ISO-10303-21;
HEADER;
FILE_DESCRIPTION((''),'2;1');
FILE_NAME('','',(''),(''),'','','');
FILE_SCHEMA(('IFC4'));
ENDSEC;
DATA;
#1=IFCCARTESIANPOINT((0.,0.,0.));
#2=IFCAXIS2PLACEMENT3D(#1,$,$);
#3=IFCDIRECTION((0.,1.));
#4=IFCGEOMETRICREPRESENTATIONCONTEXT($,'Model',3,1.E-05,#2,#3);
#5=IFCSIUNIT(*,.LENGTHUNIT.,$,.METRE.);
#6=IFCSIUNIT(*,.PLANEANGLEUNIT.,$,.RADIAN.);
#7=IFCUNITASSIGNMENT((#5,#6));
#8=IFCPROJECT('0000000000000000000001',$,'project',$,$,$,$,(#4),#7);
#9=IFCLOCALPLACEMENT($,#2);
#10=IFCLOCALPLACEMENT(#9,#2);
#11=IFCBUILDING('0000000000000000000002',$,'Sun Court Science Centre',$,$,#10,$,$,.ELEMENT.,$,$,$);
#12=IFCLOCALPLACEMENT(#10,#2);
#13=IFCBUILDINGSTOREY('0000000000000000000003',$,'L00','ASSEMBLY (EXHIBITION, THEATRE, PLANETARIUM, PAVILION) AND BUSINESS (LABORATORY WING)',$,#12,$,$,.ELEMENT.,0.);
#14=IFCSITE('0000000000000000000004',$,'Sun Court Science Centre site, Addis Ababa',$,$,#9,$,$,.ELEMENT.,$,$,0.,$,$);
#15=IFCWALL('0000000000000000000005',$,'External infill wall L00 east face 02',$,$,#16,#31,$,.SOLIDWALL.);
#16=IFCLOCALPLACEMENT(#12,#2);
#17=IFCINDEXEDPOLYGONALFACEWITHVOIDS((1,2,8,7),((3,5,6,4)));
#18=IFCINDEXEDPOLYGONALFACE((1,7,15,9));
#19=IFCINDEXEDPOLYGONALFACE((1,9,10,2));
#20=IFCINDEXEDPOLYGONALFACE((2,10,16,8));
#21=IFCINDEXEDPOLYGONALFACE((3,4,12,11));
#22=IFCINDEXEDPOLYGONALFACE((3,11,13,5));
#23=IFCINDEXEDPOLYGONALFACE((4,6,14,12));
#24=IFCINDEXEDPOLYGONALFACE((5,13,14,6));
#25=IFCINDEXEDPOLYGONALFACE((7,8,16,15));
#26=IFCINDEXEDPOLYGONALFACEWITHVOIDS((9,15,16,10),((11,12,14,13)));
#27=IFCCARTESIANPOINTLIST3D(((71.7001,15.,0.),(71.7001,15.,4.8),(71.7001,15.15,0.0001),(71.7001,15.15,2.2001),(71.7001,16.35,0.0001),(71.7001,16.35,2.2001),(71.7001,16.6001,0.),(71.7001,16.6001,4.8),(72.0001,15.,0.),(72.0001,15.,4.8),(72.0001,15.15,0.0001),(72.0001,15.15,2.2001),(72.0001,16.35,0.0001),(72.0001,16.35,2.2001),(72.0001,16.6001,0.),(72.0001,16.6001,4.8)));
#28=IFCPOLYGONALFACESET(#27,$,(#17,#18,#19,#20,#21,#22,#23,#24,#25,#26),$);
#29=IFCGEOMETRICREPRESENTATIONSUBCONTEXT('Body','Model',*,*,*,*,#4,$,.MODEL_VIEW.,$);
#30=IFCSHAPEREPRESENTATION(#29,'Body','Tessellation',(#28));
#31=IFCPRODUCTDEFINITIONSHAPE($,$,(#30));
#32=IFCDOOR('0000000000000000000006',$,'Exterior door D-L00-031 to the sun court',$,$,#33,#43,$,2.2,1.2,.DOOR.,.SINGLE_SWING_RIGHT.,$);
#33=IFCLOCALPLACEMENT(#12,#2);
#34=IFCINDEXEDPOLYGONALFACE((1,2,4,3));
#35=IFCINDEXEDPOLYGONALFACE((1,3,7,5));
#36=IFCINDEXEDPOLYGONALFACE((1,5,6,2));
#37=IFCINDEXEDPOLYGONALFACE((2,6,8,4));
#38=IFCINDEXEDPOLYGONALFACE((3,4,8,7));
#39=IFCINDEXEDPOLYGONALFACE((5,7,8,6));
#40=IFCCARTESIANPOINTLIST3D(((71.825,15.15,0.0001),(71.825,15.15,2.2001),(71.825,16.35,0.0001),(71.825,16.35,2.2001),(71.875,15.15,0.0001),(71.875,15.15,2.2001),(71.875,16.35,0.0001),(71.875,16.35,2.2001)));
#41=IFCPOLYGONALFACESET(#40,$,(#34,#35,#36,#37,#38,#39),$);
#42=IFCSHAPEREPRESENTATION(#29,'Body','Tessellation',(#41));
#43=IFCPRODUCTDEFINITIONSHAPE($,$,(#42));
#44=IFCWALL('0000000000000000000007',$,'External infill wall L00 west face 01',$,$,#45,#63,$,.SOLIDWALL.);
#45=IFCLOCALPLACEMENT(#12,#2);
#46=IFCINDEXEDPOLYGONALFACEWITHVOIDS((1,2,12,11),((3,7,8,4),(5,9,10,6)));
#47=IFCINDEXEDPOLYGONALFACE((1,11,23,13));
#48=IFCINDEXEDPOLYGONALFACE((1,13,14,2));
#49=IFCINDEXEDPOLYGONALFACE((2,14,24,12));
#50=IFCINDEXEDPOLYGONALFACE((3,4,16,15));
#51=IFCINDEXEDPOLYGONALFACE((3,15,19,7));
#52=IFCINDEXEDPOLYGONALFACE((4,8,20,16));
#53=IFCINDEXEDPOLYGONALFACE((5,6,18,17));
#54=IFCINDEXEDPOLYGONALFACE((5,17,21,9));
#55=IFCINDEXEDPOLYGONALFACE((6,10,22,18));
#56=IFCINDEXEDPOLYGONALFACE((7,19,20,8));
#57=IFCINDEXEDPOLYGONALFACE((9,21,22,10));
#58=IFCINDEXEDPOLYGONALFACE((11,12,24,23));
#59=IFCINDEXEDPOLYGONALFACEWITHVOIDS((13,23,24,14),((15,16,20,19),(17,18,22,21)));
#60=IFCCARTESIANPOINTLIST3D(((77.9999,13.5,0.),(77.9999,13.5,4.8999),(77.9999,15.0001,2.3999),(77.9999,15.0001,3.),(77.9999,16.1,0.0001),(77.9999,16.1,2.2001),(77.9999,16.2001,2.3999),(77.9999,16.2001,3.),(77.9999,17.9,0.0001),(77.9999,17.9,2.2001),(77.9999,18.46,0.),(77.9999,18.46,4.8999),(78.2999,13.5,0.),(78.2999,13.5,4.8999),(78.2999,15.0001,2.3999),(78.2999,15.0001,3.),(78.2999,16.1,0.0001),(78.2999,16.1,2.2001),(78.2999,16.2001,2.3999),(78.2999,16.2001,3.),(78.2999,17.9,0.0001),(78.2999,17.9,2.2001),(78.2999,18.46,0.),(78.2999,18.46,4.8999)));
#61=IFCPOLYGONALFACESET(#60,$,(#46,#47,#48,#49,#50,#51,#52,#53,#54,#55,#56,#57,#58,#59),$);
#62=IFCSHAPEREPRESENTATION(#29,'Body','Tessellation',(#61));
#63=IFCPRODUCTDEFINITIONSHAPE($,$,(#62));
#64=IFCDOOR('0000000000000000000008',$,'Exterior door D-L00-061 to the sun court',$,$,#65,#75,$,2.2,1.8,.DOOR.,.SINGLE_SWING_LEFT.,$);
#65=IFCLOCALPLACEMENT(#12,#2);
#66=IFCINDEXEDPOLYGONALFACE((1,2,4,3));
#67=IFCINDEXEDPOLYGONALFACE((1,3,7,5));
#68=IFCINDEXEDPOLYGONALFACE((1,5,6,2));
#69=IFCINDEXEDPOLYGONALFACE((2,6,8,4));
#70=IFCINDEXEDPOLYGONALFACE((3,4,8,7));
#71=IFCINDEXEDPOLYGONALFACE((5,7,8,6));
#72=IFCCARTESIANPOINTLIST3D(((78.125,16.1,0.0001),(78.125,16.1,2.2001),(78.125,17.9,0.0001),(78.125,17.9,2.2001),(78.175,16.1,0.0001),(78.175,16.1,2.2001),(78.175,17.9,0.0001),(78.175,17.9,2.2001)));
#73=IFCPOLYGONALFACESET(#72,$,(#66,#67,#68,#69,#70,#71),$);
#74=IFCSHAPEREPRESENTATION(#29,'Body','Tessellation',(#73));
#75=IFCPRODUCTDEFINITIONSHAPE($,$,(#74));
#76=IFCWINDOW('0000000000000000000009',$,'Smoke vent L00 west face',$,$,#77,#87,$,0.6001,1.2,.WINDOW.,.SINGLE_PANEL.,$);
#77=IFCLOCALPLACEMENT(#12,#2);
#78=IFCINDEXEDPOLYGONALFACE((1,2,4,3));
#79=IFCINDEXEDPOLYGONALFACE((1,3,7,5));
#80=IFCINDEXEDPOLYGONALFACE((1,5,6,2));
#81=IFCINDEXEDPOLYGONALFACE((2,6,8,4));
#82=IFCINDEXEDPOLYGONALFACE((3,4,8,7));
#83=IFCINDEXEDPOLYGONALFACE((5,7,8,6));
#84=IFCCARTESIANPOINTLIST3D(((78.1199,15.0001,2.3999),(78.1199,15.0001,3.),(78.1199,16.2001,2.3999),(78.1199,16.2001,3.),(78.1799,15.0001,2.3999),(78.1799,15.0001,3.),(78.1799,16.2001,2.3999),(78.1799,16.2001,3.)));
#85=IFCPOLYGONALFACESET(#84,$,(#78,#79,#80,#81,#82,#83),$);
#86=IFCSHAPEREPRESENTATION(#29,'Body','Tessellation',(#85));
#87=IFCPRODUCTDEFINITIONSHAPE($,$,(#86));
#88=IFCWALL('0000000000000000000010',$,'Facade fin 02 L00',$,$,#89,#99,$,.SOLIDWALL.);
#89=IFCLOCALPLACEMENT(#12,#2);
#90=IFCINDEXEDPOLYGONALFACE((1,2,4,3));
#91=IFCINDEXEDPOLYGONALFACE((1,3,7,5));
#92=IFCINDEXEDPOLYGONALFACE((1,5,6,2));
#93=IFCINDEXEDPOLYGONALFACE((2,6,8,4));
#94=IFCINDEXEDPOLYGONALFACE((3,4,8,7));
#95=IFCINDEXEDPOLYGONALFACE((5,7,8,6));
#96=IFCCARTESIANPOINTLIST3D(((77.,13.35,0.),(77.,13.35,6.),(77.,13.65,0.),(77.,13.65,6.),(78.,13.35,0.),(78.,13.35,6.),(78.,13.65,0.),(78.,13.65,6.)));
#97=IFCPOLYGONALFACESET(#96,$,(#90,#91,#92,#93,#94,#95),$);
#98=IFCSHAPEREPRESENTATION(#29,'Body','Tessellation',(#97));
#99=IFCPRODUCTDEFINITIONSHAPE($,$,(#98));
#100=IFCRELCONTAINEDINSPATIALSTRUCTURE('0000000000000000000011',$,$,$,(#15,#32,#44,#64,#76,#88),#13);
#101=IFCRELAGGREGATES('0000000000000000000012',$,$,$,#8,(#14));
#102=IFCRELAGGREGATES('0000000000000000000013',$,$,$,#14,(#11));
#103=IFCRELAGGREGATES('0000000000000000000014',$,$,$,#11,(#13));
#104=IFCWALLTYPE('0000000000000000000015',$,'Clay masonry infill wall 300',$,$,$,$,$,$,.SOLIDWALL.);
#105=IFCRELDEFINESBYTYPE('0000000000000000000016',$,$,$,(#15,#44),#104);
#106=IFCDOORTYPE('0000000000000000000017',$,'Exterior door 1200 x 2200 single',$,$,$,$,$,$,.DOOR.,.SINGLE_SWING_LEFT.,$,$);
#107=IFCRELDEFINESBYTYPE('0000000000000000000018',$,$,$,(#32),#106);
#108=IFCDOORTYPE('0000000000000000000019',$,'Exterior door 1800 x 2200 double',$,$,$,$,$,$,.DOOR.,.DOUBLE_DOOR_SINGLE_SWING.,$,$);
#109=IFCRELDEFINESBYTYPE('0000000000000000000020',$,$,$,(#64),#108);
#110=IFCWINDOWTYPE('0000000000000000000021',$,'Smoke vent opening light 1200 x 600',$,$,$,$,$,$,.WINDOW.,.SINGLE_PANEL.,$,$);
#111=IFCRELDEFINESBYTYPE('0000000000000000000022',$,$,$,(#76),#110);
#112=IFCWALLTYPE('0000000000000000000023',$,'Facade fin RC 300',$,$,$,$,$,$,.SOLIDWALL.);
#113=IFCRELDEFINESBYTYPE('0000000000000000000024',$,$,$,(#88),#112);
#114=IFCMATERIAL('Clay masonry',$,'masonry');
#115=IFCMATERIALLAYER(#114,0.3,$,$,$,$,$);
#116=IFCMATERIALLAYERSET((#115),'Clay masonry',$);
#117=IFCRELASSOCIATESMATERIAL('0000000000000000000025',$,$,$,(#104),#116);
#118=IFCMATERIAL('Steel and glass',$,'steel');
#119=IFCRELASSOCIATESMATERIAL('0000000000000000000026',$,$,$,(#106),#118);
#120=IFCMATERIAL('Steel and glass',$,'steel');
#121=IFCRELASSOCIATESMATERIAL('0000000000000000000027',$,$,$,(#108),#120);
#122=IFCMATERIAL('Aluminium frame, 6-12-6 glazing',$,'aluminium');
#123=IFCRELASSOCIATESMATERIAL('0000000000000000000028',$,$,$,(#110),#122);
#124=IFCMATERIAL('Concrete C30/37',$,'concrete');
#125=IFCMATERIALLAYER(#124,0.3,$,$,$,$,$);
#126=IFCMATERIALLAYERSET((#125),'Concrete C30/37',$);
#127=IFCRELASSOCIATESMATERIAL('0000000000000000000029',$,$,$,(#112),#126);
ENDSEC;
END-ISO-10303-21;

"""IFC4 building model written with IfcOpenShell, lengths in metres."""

from ifc_helpers import new_model, si_unit, direction, frame, frame_2d, origin, place, context, subcontext, project, spatial, rectangle, extrude, material, layer, layer_set, type_object, element, fill, save


model = new_model("IFC4")

# Units and contexts
model_context = context("Model", 3, precision=1e-05, world=origin(), true_north=direction((0.0, 1.0)))
body_context = subcontext(model_context, "Body", "Model", "MODEL_VIEW")
ifc_project = project(units=[si_unit("LENGTHUNIT", "METRE"), si_unit("PLANEANGLEUNIT", "RADIAN")], contexts=[model_context])

# Site, building, storey
site_placement = place(None, origin())
site = spatial("IfcSite", under=ifc_project, at=site_placement, Name="Sun Court Science Centre site, Addis Ababa", CompositionType="ELEMENT", RefElevation=0.0)
building_placement = place(site_placement, origin())
building = spatial("IfcBuilding", under=site, at=building_placement, Name="Sun Court Science Centre", CompositionType="ELEMENT")
storey_placement = place(building_placement, origin())
storey = spatial("IfcBuildingStorey", under=building, at=storey_placement, Name="L00", Description="ASSEMBLY (EXHIBITION, THEATRE, PLANETARIUM, PAVILION) AND BUSINESS (LABORATORY WING)", CompositionType="ELEMENT", Elevation=0.0)

# Wall, opening, door
ifc_material_1 = material(Name="Clay masonry", Category="masonry")
ifc_layer_1 = layer(ifc_material_1, 0.3)
ifc_layer_set_1 = layer_set([ifc_layer_1], Name="Clay masonry")
wall_type_1 = type_object("IfcWallType", Name="Clay masonry infill wall 300", PredefinedType="SOLIDWALL", material=ifc_layer_set_1)
wall_1_placement = place(storey_placement, frame((71.8501, 16.6001, 0.0), z_axis=(0.0, 0.0, 1.0), x_axis=(0.0, -1.0, 0.0)))
wall_1 = element("IfcWall", 1, at=wall_1_placement, inside=storey, type_object=wall_type_1, Name="External infill wall L00 east face 02", PredefinedType="SOLIDWALL", context=body_context, shape_type="SweptSolid", body=[
    extrude(rectangle(XDim=1.6001, YDim=0.3, at=frame_2d((0.8, 0.0))), origin(), (0.0, 0.0, 1.0), 4.8),
])
opening_1_placement = place(wall_1_placement, frame((0.25, 0.0, 0.0)))
opening_1 = element("IfcOpeningElement", 2, at=opening_1_placement, cuts=wall_1, PredefinedType="OPENING", context=body_context, shape_type="SweptSolid", body=[
    extrude(rectangle(XDim=1.2, YDim=2.2, at=frame_2d((0.6001, 1.1001))), frame((0.0, 0.1599, 0.0), z_axis=(0.0, -1.0, 0.0), x_axis=(1.0, 0.0, 0.0)), (0.0, 0.0, 1.0), 0.3201),
])
ifc_material_2 = material(Name="Steel and glass", Category="steel")
door_type_1 = type_object("IfcDoorType", Name="Exterior door 1200 x 2200 single", OperationType="SINGLE_SWING_LEFT", PredefinedType="DOOR", material=ifc_material_2)
door_1_placement = place(opening_1_placement, origin())
door_1 = element("IfcDoor", 3, at=door_1_placement, inside=storey, type_object=door_type_1, Name="Exterior door D-L00-031 to the sun court", OperationType="SINGLE_SWING_RIGHT", OverallHeight=2.2, OverallWidth=1.2, PredefinedType="DOOR", context=body_context, shape_type="SweptSolid", body=[
    extrude(rectangle(XDim=1.2, YDim=2.2, at=frame_2d((0.6001, 1.1001))), frame((0.0, 0.0249, 0.0), z_axis=(0.0, -1.0, 0.0), x_axis=(1.0, 0.0, 0.0)), (0.0, 0.0, 1.0), 0.05),
])
fill(opening_1, door_1)

# Wall, openings, door, window
wall_2_placement = place(storey_placement, frame((78.1499, 13.5, 0.0), z_axis=(0.0, 0.0, 1.0), x_axis=(0.0, 1.0, 0.0)))
wall_2 = element("IfcWall", 4, at=wall_2_placement, inside=storey, type_object=wall_type_1, Name="External infill wall L00 west face 01", PredefinedType="SOLIDWALL", context=body_context, shape_type="SweptSolid", body=[
    extrude(rectangle(XDim=4.96, YDim=0.3, at=frame_2d((2.48, 0.0))), origin(), (0.0, 0.0, 1.0), 4.8999),
])
opening_2_placement = place(wall_2_placement, frame((2.6001, 0.0, 0.0)))
opening_2 = element("IfcOpeningElement", 5, at=opening_2_placement, cuts=wall_2, PredefinedType="OPENING", context=body_context, shape_type="SweptSolid", body=[
    extrude(rectangle(XDim=1.8, YDim=2.2, at=frame_2d((0.8999, 1.1001))), frame((0.0, 0.1599, 0.0), z_axis=(0.0, -1.0, 0.0), x_axis=(1.0, 0.0, 0.0)), (0.0, 0.0, 1.0), 0.3201),
])
opening_3_placement = place(wall_2_placement, frame((1.5, 0.0, 2.3999)))
opening_3 = element("IfcOpeningElement", 6, at=opening_3_placement, cuts=wall_2, PredefinedType="OPENING", context=body_context, shape_type="SweptSolid", body=[
    extrude(rectangle(XDim=1.2, YDim=0.6001, at=frame_2d((0.6001, 0.3))), frame((0.0, 0.1599, 0.0), z_axis=(0.0, -1.0, 0.0), x_axis=(1.0, 0.0, 0.0)), (0.0, 0.0, 1.0), 0.3201),
])
ifc_material_3 = material(Name="Steel and glass", Category="steel")
door_type_2 = type_object("IfcDoorType", Name="Exterior door 1800 x 2200 double", OperationType="DOUBLE_DOOR_SINGLE_SWING", PredefinedType="DOOR", material=ifc_material_3)
door_2_placement = place(opening_2_placement, origin())
door_2 = element("IfcDoor", 7, at=door_2_placement, inside=storey, type_object=door_type_2, Name="Exterior door D-L00-061 to the sun court", OperationType="SINGLE_SWING_LEFT", OverallHeight=2.2, OverallWidth=1.8, PredefinedType="DOOR", context=body_context, shape_type="SweptSolid", body=[
    extrude(rectangle(XDim=1.8, YDim=2.2, at=frame_2d((0.8999, 1.1001))), frame((0.0, 0.0249, 0.0), z_axis=(0.0, -1.0, 0.0), x_axis=(1.0, 0.0, 0.0)), (0.0, 0.0, 1.0), 0.05),
])
fill(opening_2, door_2)
ifc_material_4 = material(Name="Aluminium frame, 6-12-6 glazing", Category="aluminium")
window_type = type_object("IfcWindowType", Name="Smoke vent opening light 1200 x 600", PartitioningType="SINGLE_PANEL", PredefinedType="WINDOW", material=ifc_material_4)
window_placement = place(opening_3_placement, origin())
window = element("IfcWindow", 8, at=window_placement, inside=storey, type_object=window_type, Name="Smoke vent L00 west face", OverallHeight=0.6001, OverallWidth=1.2, PartitioningType="SINGLE_PANEL", PredefinedType="WINDOW", context=body_context, shape_type="SweptSolid", body=[
    extrude(rectangle(XDim=1.2, YDim=0.6001, at=frame_2d((0.6001, 0.3))), frame((0.0, 0.03, 0.0), z_axis=(0.0, -1.0, 0.0), x_axis=(1.0, 0.0, 0.0)), (0.0, 0.0, 1.0), 0.0601),
])
fill(opening_3, window)

# Wall
ifc_material_5 = material(Name="Concrete C30/37", Category="concrete")
ifc_layer_2 = layer(ifc_material_5, 0.3)
ifc_layer_set_2 = layer_set([ifc_layer_2], Name="Concrete C30/37")
wall_type_2 = type_object("IfcWallType", Name="Facade fin RC 300", PredefinedType="SOLIDWALL", material=ifc_layer_set_2)
wall_3_placement = place(storey_placement, frame((77.0, 13.5, 0.0), z_axis=(0.0, 0.0, 1.0), x_axis=(1.0, 0.0, 0.0)))
element("IfcWall", 9, at=wall_3_placement, inside=storey, type_object=wall_type_2, Name="Facade fin 02 L00", PredefinedType="SOLIDWALL", context=body_context, shape_type="SweptSolid", body=[
    extrude(rectangle(XDim=1.0, YDim=0.3, at=frame_2d((0.5, 0.0))), origin(), (0.0, 0.0, 1.0), 6.0),
])

save(model, "model.ifc")
